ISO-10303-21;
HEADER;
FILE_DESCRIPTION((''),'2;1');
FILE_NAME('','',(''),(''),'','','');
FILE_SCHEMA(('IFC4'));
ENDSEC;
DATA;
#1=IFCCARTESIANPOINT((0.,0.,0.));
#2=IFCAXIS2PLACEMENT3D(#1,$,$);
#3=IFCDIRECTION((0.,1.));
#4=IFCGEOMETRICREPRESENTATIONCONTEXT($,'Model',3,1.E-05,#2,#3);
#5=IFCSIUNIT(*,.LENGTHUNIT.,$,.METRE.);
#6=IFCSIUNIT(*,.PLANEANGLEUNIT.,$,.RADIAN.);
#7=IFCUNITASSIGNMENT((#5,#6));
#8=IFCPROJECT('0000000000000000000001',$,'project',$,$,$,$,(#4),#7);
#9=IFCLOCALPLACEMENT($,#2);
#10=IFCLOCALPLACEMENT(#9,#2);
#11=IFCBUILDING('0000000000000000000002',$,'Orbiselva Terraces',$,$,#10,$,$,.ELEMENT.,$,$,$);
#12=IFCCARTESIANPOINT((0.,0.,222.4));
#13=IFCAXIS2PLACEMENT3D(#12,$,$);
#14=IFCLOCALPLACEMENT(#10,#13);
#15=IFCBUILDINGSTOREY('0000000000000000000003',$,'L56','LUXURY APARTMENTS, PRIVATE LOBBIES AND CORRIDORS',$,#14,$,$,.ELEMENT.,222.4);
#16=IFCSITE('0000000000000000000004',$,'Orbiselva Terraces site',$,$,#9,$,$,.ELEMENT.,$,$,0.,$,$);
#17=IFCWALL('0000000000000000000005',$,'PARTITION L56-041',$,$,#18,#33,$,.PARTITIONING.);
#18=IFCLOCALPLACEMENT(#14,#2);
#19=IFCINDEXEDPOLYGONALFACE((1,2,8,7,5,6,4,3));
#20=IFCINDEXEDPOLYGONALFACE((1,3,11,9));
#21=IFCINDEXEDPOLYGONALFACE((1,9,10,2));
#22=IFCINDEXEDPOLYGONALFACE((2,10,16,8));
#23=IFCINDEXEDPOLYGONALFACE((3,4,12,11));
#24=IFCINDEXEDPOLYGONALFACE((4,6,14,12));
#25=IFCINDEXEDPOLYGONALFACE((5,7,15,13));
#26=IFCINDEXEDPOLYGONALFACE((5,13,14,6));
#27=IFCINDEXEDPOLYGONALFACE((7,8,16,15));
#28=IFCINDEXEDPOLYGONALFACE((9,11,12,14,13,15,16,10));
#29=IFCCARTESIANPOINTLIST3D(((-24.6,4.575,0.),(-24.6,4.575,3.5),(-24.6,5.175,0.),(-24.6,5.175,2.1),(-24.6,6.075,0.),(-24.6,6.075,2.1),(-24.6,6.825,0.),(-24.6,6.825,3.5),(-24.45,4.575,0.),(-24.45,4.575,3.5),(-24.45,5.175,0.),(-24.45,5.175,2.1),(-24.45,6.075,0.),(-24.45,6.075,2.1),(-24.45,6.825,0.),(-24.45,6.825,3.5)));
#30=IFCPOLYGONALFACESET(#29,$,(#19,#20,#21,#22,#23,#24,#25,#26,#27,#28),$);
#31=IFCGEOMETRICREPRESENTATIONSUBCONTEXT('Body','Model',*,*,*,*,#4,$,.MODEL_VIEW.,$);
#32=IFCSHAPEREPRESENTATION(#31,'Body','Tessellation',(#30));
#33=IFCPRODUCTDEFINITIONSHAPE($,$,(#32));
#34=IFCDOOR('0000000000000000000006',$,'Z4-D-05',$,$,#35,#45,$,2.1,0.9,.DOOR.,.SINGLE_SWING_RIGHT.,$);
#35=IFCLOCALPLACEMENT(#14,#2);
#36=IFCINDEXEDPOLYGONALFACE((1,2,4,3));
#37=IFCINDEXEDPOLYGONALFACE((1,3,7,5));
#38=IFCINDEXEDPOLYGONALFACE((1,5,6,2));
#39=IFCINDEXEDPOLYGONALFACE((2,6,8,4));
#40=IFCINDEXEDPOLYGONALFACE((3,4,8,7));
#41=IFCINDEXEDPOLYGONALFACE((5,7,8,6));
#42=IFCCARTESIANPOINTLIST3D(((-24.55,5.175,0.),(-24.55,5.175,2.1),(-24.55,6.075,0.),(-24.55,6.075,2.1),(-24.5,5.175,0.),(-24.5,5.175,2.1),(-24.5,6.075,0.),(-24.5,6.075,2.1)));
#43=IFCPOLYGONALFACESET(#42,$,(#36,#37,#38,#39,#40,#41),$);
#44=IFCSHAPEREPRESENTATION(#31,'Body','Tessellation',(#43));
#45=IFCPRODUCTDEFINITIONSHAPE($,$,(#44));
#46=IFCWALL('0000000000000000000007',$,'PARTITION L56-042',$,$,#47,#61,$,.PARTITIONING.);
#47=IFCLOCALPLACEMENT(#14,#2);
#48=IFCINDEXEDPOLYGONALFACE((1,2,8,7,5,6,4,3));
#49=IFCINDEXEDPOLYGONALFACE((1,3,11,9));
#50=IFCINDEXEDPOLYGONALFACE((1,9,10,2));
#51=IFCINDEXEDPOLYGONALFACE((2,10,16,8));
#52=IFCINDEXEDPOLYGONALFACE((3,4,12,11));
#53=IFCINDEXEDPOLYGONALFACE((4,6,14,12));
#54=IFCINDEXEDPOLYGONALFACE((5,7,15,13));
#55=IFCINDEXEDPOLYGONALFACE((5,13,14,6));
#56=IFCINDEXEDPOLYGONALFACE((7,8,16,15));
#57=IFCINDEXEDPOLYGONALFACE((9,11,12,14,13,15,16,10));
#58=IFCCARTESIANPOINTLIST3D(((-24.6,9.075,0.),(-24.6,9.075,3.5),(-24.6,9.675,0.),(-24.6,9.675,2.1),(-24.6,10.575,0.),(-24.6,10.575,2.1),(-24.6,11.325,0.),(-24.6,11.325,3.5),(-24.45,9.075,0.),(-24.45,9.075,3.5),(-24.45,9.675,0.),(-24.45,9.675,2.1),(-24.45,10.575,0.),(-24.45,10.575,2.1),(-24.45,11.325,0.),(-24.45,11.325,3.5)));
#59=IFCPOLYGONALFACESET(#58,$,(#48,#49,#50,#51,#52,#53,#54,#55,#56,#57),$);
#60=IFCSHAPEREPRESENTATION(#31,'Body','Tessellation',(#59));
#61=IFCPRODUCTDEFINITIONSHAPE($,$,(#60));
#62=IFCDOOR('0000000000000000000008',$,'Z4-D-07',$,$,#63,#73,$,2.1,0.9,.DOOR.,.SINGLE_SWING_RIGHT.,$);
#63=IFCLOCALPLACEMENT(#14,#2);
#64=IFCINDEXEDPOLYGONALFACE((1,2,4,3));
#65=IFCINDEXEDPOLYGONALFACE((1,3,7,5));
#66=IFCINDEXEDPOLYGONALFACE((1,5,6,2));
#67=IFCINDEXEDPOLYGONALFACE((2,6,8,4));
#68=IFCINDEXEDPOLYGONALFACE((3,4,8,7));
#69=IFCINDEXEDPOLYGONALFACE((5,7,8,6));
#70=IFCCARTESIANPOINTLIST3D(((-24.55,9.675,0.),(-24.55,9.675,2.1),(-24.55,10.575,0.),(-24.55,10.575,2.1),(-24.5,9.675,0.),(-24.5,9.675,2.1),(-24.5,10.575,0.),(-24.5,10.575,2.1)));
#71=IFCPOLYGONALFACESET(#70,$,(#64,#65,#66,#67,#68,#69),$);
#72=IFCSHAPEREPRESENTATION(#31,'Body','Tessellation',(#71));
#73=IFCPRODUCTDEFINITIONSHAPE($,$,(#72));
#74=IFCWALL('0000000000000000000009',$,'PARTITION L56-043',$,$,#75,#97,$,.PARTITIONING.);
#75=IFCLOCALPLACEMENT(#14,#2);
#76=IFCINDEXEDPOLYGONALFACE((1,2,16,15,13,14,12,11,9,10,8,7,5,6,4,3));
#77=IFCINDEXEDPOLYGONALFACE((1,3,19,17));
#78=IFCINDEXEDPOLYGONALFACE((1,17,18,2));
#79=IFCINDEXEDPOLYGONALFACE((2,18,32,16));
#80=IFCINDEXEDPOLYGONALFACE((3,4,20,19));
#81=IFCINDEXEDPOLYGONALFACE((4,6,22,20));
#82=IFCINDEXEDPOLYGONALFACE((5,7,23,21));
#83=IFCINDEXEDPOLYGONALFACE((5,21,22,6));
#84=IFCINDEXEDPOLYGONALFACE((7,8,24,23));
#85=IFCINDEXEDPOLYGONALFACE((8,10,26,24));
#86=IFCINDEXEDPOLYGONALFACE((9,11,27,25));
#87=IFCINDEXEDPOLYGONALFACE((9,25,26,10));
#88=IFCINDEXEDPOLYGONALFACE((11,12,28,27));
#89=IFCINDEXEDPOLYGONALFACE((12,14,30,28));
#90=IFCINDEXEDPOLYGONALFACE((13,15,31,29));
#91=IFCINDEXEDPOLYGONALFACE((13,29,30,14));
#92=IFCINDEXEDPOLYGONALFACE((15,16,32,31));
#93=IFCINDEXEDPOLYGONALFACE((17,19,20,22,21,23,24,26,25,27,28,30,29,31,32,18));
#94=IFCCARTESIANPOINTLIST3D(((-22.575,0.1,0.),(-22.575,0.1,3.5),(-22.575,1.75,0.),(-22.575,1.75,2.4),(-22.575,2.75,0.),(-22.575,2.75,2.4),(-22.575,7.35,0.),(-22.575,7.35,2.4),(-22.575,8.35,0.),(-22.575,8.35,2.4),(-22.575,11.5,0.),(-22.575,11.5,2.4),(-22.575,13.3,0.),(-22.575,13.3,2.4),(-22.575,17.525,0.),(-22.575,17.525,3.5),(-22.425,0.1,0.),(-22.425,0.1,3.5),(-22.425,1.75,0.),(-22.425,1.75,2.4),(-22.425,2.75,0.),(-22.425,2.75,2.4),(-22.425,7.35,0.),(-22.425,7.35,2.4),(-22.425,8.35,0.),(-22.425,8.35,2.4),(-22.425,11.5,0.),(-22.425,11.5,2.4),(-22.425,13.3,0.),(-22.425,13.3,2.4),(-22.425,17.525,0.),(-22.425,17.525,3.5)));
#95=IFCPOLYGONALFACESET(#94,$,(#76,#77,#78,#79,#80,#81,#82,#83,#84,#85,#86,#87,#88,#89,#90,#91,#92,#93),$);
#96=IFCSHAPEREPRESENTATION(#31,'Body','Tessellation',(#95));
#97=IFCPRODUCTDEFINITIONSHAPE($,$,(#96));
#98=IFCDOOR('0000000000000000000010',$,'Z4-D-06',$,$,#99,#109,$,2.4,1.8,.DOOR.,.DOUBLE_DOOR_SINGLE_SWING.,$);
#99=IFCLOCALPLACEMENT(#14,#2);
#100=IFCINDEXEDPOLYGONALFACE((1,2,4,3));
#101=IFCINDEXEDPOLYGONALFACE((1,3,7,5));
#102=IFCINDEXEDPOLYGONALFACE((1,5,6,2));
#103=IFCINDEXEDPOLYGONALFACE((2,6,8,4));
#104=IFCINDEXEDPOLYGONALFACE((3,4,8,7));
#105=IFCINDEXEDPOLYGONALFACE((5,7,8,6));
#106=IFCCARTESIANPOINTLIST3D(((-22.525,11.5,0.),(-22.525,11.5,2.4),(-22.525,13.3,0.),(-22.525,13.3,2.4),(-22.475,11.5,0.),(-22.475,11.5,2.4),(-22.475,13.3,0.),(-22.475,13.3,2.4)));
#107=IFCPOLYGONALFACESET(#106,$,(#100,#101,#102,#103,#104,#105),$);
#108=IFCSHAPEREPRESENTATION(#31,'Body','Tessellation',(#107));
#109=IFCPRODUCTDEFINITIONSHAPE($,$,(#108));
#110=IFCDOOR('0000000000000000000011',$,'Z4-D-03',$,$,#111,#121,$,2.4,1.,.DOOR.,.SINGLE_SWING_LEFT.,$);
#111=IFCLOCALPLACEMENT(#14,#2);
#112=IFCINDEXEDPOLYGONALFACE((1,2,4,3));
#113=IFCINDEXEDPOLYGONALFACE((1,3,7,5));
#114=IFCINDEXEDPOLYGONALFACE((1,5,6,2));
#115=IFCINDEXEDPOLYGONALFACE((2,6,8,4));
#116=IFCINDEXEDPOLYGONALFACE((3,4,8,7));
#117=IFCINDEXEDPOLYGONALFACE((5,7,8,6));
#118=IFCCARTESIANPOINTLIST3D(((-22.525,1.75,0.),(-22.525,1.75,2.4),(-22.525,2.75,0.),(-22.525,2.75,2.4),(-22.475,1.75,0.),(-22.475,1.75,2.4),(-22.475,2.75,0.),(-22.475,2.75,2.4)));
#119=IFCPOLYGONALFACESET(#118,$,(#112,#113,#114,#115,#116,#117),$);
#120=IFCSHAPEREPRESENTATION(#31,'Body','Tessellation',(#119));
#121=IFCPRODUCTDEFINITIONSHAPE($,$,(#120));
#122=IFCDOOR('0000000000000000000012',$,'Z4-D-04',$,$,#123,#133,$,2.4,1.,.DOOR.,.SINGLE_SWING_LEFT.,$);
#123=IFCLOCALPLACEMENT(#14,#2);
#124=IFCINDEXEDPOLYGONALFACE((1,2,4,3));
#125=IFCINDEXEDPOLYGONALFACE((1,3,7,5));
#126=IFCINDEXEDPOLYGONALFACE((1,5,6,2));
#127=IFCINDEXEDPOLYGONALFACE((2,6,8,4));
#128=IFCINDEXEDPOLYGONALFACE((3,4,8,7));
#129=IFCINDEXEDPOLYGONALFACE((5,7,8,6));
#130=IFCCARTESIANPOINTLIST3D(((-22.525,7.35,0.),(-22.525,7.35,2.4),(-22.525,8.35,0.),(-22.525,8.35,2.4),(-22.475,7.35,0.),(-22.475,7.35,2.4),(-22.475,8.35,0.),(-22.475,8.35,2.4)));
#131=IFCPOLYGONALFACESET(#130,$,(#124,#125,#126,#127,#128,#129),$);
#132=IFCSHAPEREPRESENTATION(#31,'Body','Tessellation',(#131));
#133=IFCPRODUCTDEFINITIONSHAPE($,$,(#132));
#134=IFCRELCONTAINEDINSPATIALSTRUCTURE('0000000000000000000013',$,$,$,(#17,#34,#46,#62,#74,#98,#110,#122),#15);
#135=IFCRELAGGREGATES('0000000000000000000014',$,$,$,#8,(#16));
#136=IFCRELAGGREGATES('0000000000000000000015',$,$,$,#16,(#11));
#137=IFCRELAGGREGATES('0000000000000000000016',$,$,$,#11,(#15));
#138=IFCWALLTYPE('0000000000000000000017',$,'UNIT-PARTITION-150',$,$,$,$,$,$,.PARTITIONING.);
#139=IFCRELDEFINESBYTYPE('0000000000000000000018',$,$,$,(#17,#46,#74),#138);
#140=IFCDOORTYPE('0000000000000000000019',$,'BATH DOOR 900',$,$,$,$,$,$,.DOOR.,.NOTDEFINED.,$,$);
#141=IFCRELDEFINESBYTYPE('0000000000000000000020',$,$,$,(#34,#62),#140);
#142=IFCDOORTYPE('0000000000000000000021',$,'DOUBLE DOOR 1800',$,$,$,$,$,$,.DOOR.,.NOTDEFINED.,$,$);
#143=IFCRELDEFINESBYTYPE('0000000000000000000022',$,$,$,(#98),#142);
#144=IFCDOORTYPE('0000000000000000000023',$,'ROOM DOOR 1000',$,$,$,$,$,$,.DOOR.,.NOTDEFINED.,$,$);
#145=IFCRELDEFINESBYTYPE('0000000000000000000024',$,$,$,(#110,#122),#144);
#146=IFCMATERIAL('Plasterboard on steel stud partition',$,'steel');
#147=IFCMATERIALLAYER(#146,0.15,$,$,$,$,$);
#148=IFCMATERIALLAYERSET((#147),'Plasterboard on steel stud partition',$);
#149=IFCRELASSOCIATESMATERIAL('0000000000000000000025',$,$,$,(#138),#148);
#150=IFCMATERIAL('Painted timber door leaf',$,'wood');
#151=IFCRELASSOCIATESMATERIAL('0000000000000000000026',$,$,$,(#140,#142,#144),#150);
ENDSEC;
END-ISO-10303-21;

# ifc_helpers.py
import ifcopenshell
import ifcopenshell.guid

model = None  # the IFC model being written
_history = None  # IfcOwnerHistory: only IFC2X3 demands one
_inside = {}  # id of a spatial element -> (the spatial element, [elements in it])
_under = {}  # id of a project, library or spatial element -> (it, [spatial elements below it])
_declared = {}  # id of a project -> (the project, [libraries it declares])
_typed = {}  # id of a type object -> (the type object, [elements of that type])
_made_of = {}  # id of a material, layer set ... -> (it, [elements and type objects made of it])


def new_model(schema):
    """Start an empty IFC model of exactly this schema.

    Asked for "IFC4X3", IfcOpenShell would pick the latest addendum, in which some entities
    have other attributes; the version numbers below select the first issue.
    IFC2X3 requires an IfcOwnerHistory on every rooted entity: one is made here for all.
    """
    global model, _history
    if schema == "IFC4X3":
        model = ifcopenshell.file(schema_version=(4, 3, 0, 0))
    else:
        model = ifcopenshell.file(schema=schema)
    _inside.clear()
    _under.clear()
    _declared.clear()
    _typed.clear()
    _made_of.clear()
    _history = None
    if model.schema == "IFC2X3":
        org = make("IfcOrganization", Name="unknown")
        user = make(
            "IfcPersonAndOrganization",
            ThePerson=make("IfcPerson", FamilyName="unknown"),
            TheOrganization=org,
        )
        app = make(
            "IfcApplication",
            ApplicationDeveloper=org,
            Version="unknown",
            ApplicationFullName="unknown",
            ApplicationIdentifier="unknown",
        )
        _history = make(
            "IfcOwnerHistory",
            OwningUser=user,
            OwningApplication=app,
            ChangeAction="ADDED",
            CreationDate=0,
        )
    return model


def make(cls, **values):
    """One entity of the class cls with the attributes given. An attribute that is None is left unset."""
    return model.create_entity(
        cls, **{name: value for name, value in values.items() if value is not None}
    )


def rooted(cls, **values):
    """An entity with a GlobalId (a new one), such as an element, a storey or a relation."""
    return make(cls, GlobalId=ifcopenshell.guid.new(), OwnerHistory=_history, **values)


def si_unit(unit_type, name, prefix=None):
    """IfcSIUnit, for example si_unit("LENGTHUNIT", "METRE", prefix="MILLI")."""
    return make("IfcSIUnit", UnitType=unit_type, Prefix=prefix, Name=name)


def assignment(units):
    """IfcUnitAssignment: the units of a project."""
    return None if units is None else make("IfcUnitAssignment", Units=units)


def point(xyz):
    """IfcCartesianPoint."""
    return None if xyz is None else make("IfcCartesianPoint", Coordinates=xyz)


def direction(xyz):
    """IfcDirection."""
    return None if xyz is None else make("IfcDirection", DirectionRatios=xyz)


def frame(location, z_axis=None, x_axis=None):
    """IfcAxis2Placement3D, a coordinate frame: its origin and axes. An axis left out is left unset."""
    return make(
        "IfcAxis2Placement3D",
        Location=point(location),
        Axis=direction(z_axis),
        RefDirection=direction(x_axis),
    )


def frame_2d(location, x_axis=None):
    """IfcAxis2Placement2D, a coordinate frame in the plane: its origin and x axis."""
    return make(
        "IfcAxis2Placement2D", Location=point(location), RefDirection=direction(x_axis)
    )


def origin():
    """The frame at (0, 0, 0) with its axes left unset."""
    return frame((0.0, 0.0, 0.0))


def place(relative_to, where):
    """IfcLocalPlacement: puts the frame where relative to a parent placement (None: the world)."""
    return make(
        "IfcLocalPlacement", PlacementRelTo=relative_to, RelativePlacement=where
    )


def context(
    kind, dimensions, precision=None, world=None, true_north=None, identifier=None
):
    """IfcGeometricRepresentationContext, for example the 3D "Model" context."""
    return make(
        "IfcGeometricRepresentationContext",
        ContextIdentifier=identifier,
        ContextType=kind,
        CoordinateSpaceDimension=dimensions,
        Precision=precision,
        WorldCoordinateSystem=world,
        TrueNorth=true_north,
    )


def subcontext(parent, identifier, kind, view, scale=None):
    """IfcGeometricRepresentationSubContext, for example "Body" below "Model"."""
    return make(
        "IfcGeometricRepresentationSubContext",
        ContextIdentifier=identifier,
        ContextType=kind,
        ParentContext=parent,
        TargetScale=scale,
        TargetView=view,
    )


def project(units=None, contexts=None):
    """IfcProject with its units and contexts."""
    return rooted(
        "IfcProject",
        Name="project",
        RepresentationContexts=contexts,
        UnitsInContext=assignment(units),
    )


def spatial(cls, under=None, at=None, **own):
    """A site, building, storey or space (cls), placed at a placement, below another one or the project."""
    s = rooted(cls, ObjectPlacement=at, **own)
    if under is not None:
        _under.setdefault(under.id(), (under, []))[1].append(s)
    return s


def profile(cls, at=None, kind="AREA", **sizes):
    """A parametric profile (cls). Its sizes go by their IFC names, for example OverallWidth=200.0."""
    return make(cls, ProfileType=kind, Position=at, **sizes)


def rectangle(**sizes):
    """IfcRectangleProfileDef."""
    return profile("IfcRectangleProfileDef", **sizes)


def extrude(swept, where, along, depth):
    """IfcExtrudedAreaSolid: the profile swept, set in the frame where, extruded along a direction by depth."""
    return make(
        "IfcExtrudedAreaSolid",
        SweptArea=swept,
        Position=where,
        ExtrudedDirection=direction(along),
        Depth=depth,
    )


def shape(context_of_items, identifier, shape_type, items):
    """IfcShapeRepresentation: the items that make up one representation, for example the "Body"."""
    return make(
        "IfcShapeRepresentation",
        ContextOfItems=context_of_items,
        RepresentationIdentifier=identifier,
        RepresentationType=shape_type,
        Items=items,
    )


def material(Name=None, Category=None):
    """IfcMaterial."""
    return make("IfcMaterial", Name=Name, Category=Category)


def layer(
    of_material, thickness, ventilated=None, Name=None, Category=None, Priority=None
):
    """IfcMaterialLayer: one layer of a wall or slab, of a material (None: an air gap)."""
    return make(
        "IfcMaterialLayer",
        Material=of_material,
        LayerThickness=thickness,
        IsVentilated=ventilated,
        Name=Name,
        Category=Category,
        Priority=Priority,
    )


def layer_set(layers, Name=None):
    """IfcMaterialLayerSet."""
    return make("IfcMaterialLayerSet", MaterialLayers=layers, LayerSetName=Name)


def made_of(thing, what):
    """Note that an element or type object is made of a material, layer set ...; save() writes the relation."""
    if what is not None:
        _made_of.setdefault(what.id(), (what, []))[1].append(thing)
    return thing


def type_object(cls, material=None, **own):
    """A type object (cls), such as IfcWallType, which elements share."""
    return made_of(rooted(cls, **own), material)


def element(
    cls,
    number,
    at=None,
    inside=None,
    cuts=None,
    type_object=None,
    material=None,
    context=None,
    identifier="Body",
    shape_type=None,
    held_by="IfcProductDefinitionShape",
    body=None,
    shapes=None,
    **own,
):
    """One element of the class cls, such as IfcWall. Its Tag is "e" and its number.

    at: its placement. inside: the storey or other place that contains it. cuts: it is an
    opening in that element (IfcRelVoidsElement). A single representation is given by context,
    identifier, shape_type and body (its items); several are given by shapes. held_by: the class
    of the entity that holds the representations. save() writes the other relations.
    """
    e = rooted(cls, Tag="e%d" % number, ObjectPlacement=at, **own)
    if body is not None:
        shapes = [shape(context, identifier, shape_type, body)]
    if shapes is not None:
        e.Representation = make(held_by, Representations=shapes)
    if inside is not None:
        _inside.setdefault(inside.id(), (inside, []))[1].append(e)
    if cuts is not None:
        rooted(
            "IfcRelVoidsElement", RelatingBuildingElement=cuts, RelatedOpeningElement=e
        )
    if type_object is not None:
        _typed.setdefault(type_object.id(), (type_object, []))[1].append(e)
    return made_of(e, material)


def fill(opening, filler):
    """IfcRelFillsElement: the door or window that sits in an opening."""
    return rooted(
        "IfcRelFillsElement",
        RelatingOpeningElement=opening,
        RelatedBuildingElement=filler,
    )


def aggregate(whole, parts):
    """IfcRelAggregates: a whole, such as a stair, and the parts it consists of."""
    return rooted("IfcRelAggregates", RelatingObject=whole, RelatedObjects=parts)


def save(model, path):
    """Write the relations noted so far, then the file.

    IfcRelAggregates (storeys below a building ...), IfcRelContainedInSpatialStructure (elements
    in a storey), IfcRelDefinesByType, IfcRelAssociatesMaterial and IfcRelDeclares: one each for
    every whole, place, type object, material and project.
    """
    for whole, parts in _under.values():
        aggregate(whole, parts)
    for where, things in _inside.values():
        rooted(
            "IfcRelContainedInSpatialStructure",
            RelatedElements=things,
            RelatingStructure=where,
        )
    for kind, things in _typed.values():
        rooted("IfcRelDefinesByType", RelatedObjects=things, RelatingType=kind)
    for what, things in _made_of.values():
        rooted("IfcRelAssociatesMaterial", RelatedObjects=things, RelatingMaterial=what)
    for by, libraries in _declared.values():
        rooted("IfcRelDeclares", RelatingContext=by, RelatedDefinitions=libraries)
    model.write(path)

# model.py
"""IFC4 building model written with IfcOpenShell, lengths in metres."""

from ifc_helpers import new_model, si_unit, direction, frame, frame_2d, origin, place, context, subcontext, project, spatial, rectangle, extrude, material, layer, layer_set, type_object, element, fill, save


model = new_model("IFC4")

# Units and contexts
model_context = context("Model", 3, precision=1e-05, world=origin(), true_north=direction((0.0, 1.0)))
body_context = subcontext(model_context, "Body", "Model", "MODEL_VIEW")
ifc_project = project(units=[si_unit("LENGTHUNIT", "METRE"), si_unit("PLANEANGLEUNIT", "RADIAN")], contexts=[model_context])

# Site, building, storey
site_placement = place(None, origin())
site = spatial("IfcSite", under=ifc_project, at=site_placement, Name="Orbiselva Terraces site", CompositionType="ELEMENT", RefElevation=0.0)
building_placement = place(site_placement, origin())
building = spatial("IfcBuilding", under=site, at=building_placement, Name="Orbiselva Terraces", CompositionType="ELEMENT")
storey_placement = place(building_placement, frame((0.0, 0.0, 222.4)))
storey = spatial("IfcBuildingStorey", under=building, at=storey_placement, Name="L56", Description="LUXURY APARTMENTS, PRIVATE LOBBIES AND CORRIDORS", CompositionType="ELEMENT", Elevation=222.4)

# Shared definitions
ifc_material_1 = material(Name="Plasterboard on steel stud partition", Category="steel")
ifc_layer_1 = layer(ifc_material_1, 0.15)
ifc_layer_set_1 = layer_set([ifc_layer_1], Name="Plasterboard on steel stud partition")
wall_type_1 = type_object("IfcWallType", Name="UNIT-PARTITION-150", PredefinedType="PARTITIONING", material=ifc_layer_set_1)

# Walls, openings, doors
wall_1_placement = place(storey_placement, frame((-24.525, 6.825, 0.0), z_axis=(0.0, 0.0, 1.0), x_axis=(0.0, -1.0, 0.0)))
wall_1 = element("IfcWall", 1, at=wall_1_placement, inside=storey, type_object=wall_type_1, Name="PARTITION L56-041", PredefinedType="PARTITIONING", context=body_context, shape_type="SweptSolid", body=[
    extrude(rectangle(XDim=2.25, YDim=0.15, at=frame_2d((1.125, 0.0))), origin(), (0.0, 0.0, 1.0), 3.5),
])
opening_1_placement = place(wall_1_placement, frame((0.75, 0.0, 0.0)))
opening_1 = element("IfcOpeningElement", 2, at=opening_1_placement, cuts=wall_1, PredefinedType="OPENING", context=body_context, shape_type="SweptSolid", body=[
    extrude(rectangle(XDim=0.9, YDim=2.1, at=frame_2d((0.45, 1.05))), frame((0.0, 0.085, 0.0), z_axis=(0.0, -1.0, 0.0), x_axis=(1.0, 0.0, 0.0)), (0.0, 0.0, 1.0), 0.17),
])
ifc_material_2 = material(Name="Painted timber door leaf", Category="wood")
door_type_1 = type_object("IfcDoorType", Name="BATH DOOR 900", OperationType="NOTDEFINED", PredefinedType="DOOR", material=ifc_material_2)
door_1_placement = place(opening_1_placement, origin())
door_1 = element("IfcDoor", 3, at=door_1_placement, inside=storey, type_object=door_type_1, Name="Z4-D-05", OperationType="SINGLE_SWING_RIGHT", OverallHeight=2.1, OverallWidth=0.9, PredefinedType="DOOR", context=body_context, shape_type="SweptSolid", body=[
    extrude(rectangle(XDim=0.9, YDim=2.1, at=frame_2d((0.45, 1.05))), frame((0.0, 0.025, 0.0), z_axis=(0.0, -1.0, 0.0), x_axis=(1.0, 0.0, 0.0)), (0.0, 0.0, 1.0), 0.05),
])
fill(opening_1, door_1)
wall_2_placement = place(storey_placement, frame((-24.525, 11.325, 0.0), z_axis=(0.0, 0.0, 1.0), x_axis=(0.0, -1.0, 0.0)))
wall_2 = element("IfcWall", 4, at=wall_2_placement, inside=storey, type_object=wall_type_1, Name="PARTITION L56-042", PredefinedType="PARTITIONING", context=body_context, shape_type="SweptSolid", body=[
    extrude(rectangle(XDim=2.25, YDim=0.15, at=frame_2d((1.125, 0.0))), origin(), (0.0, 0.0, 1.0), 3.5),
])
opening_2_placement = place(wall_2_placement, frame((0.75, 0.0, 0.0)))
opening_2 = element("IfcOpeningElement", 5, at=opening_2_placement, cuts=wall_2, PredefinedType="OPENING", context=body_context, shape_type="SweptSolid", body=[
    extrude(rectangle(XDim=0.9, YDim=2.1, at=frame_2d((0.45, 1.05))), frame((0.0, 0.085, 0.0), z_axis=(0.0, -1.0, 0.0), x_axis=(1.0, 0.0, 0.0)), (0.0, 0.0, 1.0), 0.17),
])
door_2_placement = place(opening_2_placement, origin())
door_2 = element("IfcDoor", 6, at=door_2_placement, inside=storey, type_object=door_type_1, Name="Z4-D-07", OperationType="SINGLE_SWING_RIGHT", OverallHeight=2.1, OverallWidth=0.9, PredefinedType="DOOR", context=body_context, shape_type="SweptSolid", body=[
    extrude(rectangle(XDim=0.9, YDim=2.1, at=frame_2d((0.45, 1.05))), frame((0.0, 0.025, 0.0), z_axis=(0.0, -1.0, 0.0), x_axis=(1.0, 0.0, 0.0)), (0.0, 0.0, 1.0), 0.05),
])
fill(opening_2, door_2)

# Wall, openings, doors
wall_3_placement = place(storey_placement, frame((-22.5, 0.1, 0.0), z_axis=(0.0, 0.0, 1.0), x_axis=(0.0, 1.0, 0.0)))
wall_3 = element("IfcWall", 7, at=wall_3_placement, inside=storey, type_object=wall_type_1, Name="PARTITION L56-043", PredefinedType="PARTITIONING", context=body_context, shape_type="SweptSolid", body=[
    extrude(rectangle(XDim=17.425, YDim=0.15, at=frame_2d((8.7125, 0.0))), origin(), (0.0, 0.0, 1.0), 3.5),
])
opening_3_placement = place(wall_3_placement, frame((1.65, 0.0, 0.0)))
opening_3 = element("IfcOpeningElement", 8, at=opening_3_placement, cuts=wall_3, PredefinedType="OPENING", context=body_context, shape_type="SweptSolid", body=[
    extrude(rectangle(XDim=1.0, YDim=2.4, at=frame_2d((0.5, 1.2))), frame((0.0, 0.085, 0.0), z_axis=(0.0, -1.0, 0.0), x_axis=(1.0, 0.0, 0.0)), (0.0, 0.0, 1.0), 0.17),
])
opening_4_placement = place(wall_3_placement, frame((7.25, 0.0, 0.0)))
opening_4 = element("IfcOpeningElement", 9, at=opening_4_placement, cuts=wall_3, PredefinedType="OPENING", context=body_context, shape_type="SweptSolid", body=[
    extrude(rectangle(XDim=1.0, YDim=2.4, at=frame_2d((0.5, 1.2))), frame((0.0, 0.085, 0.0), z_axis=(0.0, -1.0, 0.0), x_axis=(1.0, 0.0, 0.0)), (0.0, 0.0, 1.0), 0.17),
])
opening_5_placement = place(wall_3_placement, frame((11.4, 0.0, 0.0)))
opening_5 = element("IfcOpeningElement", 10, at=opening_5_placement, cuts=wall_3, PredefinedType="OPENING", context=body_context, shape_type="SweptSolid", body=[
    extrude(rectangle(XDim=1.8, YDim=2.4, at=frame_2d((0.9, 1.2))), frame((0.0, 0.085, 0.0), z_axis=(0.0, -1.0, 0.0), x_axis=(1.0, 0.0, 0.0)), (0.0, 0.0, 1.0), 0.17),
])
door_type_2 = type_object("IfcDoorType", Name="DOUBLE DOOR 1800", OperationType="NOTDEFINED", PredefinedType="DOOR", material=ifc_material_2)
door_3_placement = place(opening_5_placement, origin())
door_3 = element("IfcDoor", 11, at=door_3_placement, inside=storey, type_object=door_type_2, Name="Z4-D-06", OperationType="DOUBLE_DOOR_SINGLE_SWING", OverallHeight=2.4, OverallWidth=1.8, PredefinedType="DOOR", context=body_context, shape_type="SweptSolid", body=[
    extrude(rectangle(XDim=1.8, YDim=2.4, at=frame_2d((0.9, 1.2))), frame((0.0, 0.025, 0.0), z_axis=(0.0, -1.0, 0.0), x_axis=(1.0, 0.0, 0.0)), (0.0, 0.0, 1.0), 0.05),
])
fill(opening_5, door_3)
door_type_3 = type_object("IfcDoorType", Name="ROOM DOOR 1000", OperationType="NOTDEFINED", PredefinedType="DOOR", material=ifc_material_2)
door_4_placement = place(opening_3_placement, origin())
door_4 = element("IfcDoor", 12, at=door_4_placement, inside=storey, type_object=door_type_3, Name="Z4-D-03", OperationType="SINGLE_SWING_LEFT", OverallHeight=2.4, OverallWidth=1.0, PredefinedType="DOOR", context=body_context, shape_type="SweptSolid", body=[
    extrude(rectangle(XDim=1.0, YDim=2.4, at=frame_2d((0.5, 1.2))), frame((0.0, 0.025, 0.0), z_axis=(0.0, -1.0, 0.0), x_axis=(1.0, 0.0, 0.0)), (0.0, 0.0, 1.0), 0.05),
])
fill(opening_3, door_4)
door_5_placement = place(opening_4_placement, origin())
door_5 = element("IfcDoor", 13, at=door_5_placement, inside=storey, type_object=door_type_3, Name="Z4-D-04", OperationType="SINGLE_SWING_LEFT", OverallHeight=2.4, OverallWidth=1.0, PredefinedType="DOOR", context=body_context, shape_type="SweptSolid", body=[
    extrude(rectangle(XDim=1.0, YDim=2.4, at=frame_2d((0.5, 1.2))), frame((0.0, 0.025, 0.0), z_axis=(0.0, -1.0, 0.0), x_axis=(1.0, 0.0, 0.0)), (0.0, 0.0, 1.0), 0.05),
])
fill(opening_4, door_5)

save(model, "model.ifc")
